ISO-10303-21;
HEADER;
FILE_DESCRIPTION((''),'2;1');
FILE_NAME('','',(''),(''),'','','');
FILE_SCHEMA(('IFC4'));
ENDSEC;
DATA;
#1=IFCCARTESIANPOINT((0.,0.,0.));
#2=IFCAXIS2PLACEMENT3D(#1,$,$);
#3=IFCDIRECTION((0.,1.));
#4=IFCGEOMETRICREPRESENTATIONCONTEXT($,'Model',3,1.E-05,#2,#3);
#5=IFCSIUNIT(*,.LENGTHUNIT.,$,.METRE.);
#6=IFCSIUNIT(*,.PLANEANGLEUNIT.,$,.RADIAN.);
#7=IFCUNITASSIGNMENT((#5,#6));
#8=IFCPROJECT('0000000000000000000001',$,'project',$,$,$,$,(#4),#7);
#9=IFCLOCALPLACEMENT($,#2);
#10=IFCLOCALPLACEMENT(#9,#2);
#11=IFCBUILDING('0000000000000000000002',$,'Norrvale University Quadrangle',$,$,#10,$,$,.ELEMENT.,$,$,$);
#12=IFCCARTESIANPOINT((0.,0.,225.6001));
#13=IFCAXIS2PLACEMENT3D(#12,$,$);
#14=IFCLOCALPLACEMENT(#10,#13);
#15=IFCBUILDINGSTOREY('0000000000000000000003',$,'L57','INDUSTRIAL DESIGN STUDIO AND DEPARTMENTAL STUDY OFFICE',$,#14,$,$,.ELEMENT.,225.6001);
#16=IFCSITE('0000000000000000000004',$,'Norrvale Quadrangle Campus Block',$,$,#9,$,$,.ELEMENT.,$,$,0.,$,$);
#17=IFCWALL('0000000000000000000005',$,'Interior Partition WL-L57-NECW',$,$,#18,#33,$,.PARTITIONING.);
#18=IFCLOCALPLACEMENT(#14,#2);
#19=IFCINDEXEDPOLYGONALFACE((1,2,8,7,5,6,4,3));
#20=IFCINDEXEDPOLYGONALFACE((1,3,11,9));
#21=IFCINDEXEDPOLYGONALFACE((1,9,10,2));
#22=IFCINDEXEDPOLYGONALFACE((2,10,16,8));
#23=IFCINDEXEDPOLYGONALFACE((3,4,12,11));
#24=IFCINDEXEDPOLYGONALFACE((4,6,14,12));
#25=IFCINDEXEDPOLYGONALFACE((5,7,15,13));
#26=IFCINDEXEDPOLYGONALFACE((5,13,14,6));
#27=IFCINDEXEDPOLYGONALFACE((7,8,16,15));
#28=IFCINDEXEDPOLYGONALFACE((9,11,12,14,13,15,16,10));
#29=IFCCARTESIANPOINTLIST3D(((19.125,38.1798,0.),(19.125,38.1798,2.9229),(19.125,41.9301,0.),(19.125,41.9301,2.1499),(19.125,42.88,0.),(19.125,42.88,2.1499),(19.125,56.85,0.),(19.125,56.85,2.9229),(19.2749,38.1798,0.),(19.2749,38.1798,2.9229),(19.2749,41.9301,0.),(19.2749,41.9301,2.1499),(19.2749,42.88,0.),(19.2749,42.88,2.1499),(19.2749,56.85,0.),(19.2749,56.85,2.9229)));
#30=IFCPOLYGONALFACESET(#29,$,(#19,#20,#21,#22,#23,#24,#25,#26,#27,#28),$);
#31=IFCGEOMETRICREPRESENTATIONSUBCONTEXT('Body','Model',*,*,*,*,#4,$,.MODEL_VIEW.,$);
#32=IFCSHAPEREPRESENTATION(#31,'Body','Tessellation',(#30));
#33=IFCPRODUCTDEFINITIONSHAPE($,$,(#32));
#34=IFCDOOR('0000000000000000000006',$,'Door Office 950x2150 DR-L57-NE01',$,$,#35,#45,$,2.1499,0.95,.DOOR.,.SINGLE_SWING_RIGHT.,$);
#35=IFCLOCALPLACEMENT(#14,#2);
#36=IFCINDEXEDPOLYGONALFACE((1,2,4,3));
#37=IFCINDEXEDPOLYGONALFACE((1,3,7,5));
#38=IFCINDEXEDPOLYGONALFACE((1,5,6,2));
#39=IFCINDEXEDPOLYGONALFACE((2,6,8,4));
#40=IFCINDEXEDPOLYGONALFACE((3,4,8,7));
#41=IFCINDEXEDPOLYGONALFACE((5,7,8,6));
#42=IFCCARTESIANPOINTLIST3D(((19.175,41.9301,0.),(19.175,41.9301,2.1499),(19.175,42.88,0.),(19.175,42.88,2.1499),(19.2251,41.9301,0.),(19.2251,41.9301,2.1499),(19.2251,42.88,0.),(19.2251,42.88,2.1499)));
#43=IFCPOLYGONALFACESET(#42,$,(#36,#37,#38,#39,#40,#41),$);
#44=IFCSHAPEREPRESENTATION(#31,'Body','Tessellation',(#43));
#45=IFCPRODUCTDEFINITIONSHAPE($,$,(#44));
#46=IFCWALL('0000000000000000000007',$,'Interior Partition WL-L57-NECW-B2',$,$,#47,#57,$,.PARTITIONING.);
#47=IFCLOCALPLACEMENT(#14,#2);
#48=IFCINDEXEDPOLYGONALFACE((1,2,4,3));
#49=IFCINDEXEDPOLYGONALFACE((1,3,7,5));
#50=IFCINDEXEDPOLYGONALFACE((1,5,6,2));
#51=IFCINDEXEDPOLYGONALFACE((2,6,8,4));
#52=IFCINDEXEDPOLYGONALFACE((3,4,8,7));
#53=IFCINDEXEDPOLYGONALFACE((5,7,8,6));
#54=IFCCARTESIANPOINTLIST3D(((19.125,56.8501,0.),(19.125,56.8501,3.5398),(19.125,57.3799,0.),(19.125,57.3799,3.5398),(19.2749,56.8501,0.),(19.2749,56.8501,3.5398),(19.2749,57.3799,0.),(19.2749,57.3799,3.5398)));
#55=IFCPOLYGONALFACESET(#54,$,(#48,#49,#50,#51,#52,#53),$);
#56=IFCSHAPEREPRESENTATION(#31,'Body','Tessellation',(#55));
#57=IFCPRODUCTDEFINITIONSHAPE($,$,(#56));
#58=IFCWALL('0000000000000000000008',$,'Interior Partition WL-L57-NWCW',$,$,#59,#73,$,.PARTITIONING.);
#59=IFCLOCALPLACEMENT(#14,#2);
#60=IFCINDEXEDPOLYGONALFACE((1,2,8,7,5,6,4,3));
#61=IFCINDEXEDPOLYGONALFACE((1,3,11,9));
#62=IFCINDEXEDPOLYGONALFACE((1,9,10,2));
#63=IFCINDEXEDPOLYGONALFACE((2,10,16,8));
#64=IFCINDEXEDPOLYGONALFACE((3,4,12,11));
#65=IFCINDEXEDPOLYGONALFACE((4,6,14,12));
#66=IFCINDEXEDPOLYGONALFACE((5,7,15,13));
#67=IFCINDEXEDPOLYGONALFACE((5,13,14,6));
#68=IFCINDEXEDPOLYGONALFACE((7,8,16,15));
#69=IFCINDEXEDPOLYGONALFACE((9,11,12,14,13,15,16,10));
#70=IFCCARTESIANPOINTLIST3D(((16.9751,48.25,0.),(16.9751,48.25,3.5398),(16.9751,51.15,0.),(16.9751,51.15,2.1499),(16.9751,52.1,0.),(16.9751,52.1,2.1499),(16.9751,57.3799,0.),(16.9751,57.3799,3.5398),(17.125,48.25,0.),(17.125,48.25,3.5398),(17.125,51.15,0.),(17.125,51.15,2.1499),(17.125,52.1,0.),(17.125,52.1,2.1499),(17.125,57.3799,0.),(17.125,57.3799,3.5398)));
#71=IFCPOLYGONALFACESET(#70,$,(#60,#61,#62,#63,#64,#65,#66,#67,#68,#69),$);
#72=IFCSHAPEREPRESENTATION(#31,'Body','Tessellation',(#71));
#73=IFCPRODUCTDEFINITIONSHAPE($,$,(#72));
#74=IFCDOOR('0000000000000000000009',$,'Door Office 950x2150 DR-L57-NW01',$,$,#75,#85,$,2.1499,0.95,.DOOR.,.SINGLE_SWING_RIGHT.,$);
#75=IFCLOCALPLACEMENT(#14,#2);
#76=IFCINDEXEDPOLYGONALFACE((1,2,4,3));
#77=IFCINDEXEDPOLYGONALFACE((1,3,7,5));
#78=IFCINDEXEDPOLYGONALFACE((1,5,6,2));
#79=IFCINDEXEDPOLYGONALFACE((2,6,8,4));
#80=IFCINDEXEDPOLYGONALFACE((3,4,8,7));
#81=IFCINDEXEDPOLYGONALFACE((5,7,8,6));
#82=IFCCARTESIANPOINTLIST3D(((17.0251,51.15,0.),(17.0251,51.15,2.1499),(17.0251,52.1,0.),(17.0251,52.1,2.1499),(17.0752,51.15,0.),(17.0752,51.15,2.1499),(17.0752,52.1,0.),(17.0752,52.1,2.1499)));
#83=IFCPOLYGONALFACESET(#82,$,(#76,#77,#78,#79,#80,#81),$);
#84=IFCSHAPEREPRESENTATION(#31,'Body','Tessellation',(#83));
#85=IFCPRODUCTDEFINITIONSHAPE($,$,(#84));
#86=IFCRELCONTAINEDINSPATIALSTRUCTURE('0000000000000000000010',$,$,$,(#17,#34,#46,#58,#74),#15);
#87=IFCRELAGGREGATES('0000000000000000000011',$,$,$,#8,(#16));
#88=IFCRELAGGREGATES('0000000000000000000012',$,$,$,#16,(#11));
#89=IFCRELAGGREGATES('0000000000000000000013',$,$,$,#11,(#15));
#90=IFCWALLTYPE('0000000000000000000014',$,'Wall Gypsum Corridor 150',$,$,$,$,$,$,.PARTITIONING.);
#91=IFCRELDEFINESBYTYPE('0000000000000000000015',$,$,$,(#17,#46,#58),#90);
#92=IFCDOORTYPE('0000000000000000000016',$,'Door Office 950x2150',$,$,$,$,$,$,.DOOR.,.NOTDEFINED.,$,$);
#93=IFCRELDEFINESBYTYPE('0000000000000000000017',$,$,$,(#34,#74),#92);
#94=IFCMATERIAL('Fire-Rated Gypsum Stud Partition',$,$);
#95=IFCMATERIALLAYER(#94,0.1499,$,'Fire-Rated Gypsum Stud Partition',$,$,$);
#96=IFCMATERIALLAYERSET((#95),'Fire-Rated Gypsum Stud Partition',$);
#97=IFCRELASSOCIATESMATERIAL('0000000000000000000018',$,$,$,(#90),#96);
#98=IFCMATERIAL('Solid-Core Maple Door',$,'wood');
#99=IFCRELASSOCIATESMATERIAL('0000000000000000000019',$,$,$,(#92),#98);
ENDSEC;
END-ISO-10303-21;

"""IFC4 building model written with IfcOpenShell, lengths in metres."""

from ifc_helpers import new_model, si_unit, direction, frame, frame_2d, origin, place, context, subcontext, project, spatial, rectangle, extrude, material, layer, layer_set, type_object, element, fill, save


model = new_model("IFC4")

# Units and contexts
model_context = context("Model", 3, precision=1e-05, world=origin(), true_north=direction((0.0, 1.0)))
body_context = subcontext(model_context, "Body", "Model", "MODEL_VIEW")
ifc_project = project(units=[si_unit("LENGTHUNIT", "METRE"), si_unit("PLANEANGLEUNIT", "RADIAN")], contexts=[model_context])

# Site, building, storey
site_placement = place(None, origin())
site = spatial("IfcSite", under=ifc_project, at=site_placement, Name="Norrvale Quadrangle Campus Block", CompositionType="ELEMENT", RefElevation=0.0)
building_placement = place(site_placement, origin())
building = spatial("IfcBuilding", under=site, at=building_placement, Name="Norrvale University Quadrangle", CompositionType="ELEMENT")
storey_placement = place(building_placement, frame((0.0, 0.0, 225.6001)))
storey = spatial("IfcBuildingStorey", under=building, at=storey_placement, Name="L57", Description="INDUSTRIAL DESIGN STUDIO AND DEPARTMENTAL STUDY OFFICE", CompositionType="ELEMENT", Elevation=225.6001)

# Shared definitions
ifc_material_1 = material(Name="Fire-Rated Gypsum Stud Partition")
ifc_layer_1 = layer(ifc_material_1, 0.1499, Name="Fire-Rated Gypsum Stud Partition")
ifc_layer_set_1 = layer_set([ifc_layer_1], Name="Fire-Rated Gypsum Stud Partition")
wall_type_1 = type_object("IfcWallType", Name="Wall Gypsum Corridor 150", PredefinedType="PARTITIONING", material=ifc_layer_set_1)

# Wall, opening, door
wall_1_placement = place(storey_placement, frame((19.2, 38.1799, 0.0), z_axis=(0.0, 0.0, 1.0), x_axis=(0.0, 1.0, 0.0)))
wall_1 = element("IfcWall", 1, at=wall_1_placement, inside=storey, type_object=wall_type_1, Name="Interior Partition WL-L57-NECW", PredefinedType="PARTITIONING", context=body_context, shape_type="SweptSolid", body=[
    extrude(rectangle(XDim=18.6702, YDim=0.1499, at=frame_2d((9.335, 0.0))), origin(), (0.0, 0.0, 1.0), 2.9229),
])
opening_1_placement = place(wall_1_placement, frame((3.75, 0.0, 0.0)))
opening_1 = element("IfcOpeningElement", 2, at=opening_1_placement, cuts=wall_1, PredefinedType="OPENING", context=body_context, shape_type="SweptSolid", body=[
    extrude(rectangle(XDim=0.95, YDim=2.1499, at=frame_2d((0.4751, 1.075))), frame((0.0, 0.0869, 0.0), z_axis=(0.0, -1.0, 0.0), x_axis=(1.0, 0.0, 0.0)), (0.0, 0.0, 1.0), 0.1738),
])
ifc_material_2 = material(Name="Solid-Core Maple Door", Category="wood")
door_type = type_object("IfcDoorType", Name="Door Office 950x2150", OperationType="NOTDEFINED", PredefinedType="DOOR", material=ifc_material_2)
door_1_placement = place(opening_1_placement, origin())
door_1 = element("IfcDoor", 3, at=door_1_placement, inside=storey, type_object=door_type, Name="Door Office 950x2150 DR-L57-NE01", OperationType="SINGLE_SWING_RIGHT", OverallHeight=2.1499, OverallWidth=0.95, PredefinedType="DOOR", context=body_context, shape_type="SweptSolid", body=[
    extrude(rectangle(XDim=0.95, YDim=2.1499, at=frame_2d((0.4751, 1.075))), frame((0.0, 0.0249, 0.0), z_axis=(0.0, -1.0, 0.0), x_axis=(1.0, 0.0, 0.0)), (0.0, 0.0, 1.0), 0.05),
])
fill(opening_1, door_1)

# Wall
wall_2_placement = place(storey_placement, frame((19.2, 56.8501, 0.0), z_axis=(0.0, 0.0, 1.0), x_axis=(0.0, 1.0, 0.0)))
element("IfcWall", 4, at=wall_2_placement, inside=storey, type_object=wall_type_1, Name="Interior Partition WL-L57-NECW-B2", PredefinedType="PARTITIONING", context=body_context, shape_type="SweptSolid", body=[
    extrude(rectangle(XDim=0.5298, YDim=0.1499, at=frame_2d((0.2649, 0.0))), origin(), (0.0, 0.0, 1.0), 3.5398),
])

# Wall, opening, door
wall_3_placement = place(storey_placement, frame((17.05, 48.25, 0.0), z_axis=(0.0, 0.0, 1.0), x_axis=(0.0, 1.0, 0.0)))
wall_3 = element("IfcWall", 5, at=wall_3_placement, inside=storey, type_object=wall_type_1, Name="Interior Partition WL-L57-NWCW", PredefinedType="PARTITIONING", context=body_context, shape_type="SweptSolid", body=[
    extrude(rectangle(XDim=9.1299, YDim=0.1499, at=frame_2d((4.5649, 0.0))), origin(), (0.0, 0.0, 1.0), 3.5398),
])
opening_2_placement = place(wall_3_placement, frame((2.8999, 0.0, 0.0)))
opening_2 = element("IfcOpeningElement", 6, at=opening_2_placement, cuts=wall_3, PredefinedType="OPENING", context=body_context, shape_type="SweptSolid", body=[
    extrude(rectangle(XDim=0.95, YDim=2.1499, at=frame_2d((0.4751, 1.075))), frame((0.0, 0.0869, 0.0), z_axis=(0.0, -1.0, 0.0), x_axis=(1.0, 0.0, 0.0)), (0.0, 0.0, 1.0), 0.1738),
])
door_2_placement = place(opening_2_placement, origin())
door_2 = element("IfcDoor", 7, at=door_2_placement, inside=storey, type_object=door_type, Name="Door Office 950x2150 DR-L57-NW01", OperationType="SINGLE_SWING_RIGHT", OverallHeight=2.1499, OverallWidth=0.95, PredefinedType="DOOR", context=body_context, shape_type="SweptSolid", body=[
    extrude(rectangle(XDim=0.95, YDim=2.1499, at=frame_2d((0.4751, 1.075))), frame((0.0, 0.0249, 0.0), z_axis=(0.0, -1.0, 0.0), x_axis=(1.0, 0.0, 0.0)), (0.0, 0.0, 1.0), 0.05),
])
fill(opening_2, door_2)

save(model, "model.ifc")
